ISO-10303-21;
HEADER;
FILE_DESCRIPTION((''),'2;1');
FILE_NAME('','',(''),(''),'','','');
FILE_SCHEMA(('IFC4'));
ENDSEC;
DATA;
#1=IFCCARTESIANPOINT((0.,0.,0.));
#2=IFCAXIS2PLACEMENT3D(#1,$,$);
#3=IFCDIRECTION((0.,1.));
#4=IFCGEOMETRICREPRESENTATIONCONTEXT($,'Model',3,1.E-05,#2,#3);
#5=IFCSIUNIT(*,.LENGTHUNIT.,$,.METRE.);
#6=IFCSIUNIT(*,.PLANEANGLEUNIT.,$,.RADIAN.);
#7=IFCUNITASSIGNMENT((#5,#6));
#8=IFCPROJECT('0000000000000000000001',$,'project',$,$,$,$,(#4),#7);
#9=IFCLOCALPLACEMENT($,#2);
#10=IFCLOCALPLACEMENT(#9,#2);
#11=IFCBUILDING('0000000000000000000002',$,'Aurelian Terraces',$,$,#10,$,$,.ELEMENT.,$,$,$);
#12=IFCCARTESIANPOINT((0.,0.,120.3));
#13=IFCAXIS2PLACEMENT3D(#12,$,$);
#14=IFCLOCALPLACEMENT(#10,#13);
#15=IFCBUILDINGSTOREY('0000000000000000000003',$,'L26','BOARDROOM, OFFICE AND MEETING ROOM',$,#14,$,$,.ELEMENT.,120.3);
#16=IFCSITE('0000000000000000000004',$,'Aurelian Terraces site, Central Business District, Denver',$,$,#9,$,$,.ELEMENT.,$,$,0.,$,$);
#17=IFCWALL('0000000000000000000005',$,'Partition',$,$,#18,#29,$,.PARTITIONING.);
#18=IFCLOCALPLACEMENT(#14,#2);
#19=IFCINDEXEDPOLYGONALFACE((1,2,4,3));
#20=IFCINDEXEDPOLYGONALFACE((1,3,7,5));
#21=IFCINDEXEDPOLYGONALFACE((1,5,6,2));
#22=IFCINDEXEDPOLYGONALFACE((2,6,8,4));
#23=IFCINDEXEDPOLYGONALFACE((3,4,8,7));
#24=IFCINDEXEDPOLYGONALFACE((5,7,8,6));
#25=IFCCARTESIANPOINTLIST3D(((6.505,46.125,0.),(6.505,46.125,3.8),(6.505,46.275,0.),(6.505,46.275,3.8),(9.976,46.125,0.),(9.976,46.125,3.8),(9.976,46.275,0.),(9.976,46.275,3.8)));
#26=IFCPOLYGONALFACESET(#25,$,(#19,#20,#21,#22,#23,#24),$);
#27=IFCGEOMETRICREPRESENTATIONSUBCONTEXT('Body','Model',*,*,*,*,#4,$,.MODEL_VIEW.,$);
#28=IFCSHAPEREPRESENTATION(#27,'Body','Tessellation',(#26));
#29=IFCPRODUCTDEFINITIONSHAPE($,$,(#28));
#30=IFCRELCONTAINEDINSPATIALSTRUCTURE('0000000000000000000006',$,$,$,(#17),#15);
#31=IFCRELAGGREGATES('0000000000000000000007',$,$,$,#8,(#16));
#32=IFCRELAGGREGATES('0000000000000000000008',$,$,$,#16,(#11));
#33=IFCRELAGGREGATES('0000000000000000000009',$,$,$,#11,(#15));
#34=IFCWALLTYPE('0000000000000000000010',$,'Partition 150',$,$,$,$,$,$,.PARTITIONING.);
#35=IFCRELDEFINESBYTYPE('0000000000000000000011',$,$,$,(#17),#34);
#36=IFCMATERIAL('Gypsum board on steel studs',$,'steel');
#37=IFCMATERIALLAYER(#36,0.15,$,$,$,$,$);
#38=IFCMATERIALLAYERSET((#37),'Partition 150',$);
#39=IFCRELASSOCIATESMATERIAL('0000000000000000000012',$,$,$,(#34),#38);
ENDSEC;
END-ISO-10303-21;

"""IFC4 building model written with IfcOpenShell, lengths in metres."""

from ifc_helpers import new_model, si_unit, direction, frame, frame_2d, origin, place, context, subcontext, project, spatial, rectangle, extrude, source, transform, mapped, material, layer, layer_set, type_object, element, save


model = new_model("IFC4")

# Units and contexts
model_context = context("Model", 3, precision=1e-05, world=origin(), true_north=direction((0.0, 1.0)))
body_context = subcontext(model_context, "Body", "Model", "MODEL_VIEW")
ifc_project = project(units=[si_unit("LENGTHUNIT", "METRE"), si_unit("PLANEANGLEUNIT", "RADIAN")], contexts=[model_context])

# Site, building, storey
site_placement = place(None, origin())
site = spatial("IfcSite", under=ifc_project, at=site_placement, Name="Aurelian Terraces site, Central Business District, Denver", CompositionType="ELEMENT", RefElevation=0.0)
building_placement = place(site_placement, origin())
building = spatial("IfcBuilding", under=site, at=building_placement, Name="Aurelian Terraces", CompositionType="ELEMENT")
storey_placement = place(building_placement, frame((0.0, 0.0, 120.3)))
storey = spatial("IfcBuildingStorey", under=building, at=storey_placement, Name="L26", Description="BOARDROOM, OFFICE AND MEETING ROOM", CompositionType="ELEMENT", Elevation=120.3)

# Shared definitions
ifc_material_1 = material(Name="Gypsum board on steel studs", Category="steel")
ifc_layer_1 = layer(ifc_material_1, 0.15)
ifc_layer_set_1 = layer_set([ifc_layer_1], Name="Partition 150")
wall_type_1 = type_object("IfcWallType", Name="Partition 150", PredefinedType="PARTITIONING", material=ifc_layer_set_1)

# Wall
shared_shape_1 = source(origin(), body_context, "Body", "SweptSolid", [
    extrude(rectangle(XDim=3.471, YDim=0.15, at=frame_2d((1.7355, 0.0))), origin(), (0.0, 0.0, 1.0), 3.8),
])
wall_1_placement = place(storey_placement, frame((9.976, 46.2, 0.0), z_axis=(0.0, 0.0, 1.0), x_axis=(-1.0, 0.0, 0.0)))
element("IfcWall", 1, at=wall_1_placement, inside=storey, type_object=wall_type_1, Name="Partition", PredefinedType="PARTITIONING", context=body_context, shape_type="MappedRepresentation", body=[
    mapped(shared_shape_1, transform((0.0, 0.0, 0.0), scale=1.0)),
])

save(model, "model.ifc")
